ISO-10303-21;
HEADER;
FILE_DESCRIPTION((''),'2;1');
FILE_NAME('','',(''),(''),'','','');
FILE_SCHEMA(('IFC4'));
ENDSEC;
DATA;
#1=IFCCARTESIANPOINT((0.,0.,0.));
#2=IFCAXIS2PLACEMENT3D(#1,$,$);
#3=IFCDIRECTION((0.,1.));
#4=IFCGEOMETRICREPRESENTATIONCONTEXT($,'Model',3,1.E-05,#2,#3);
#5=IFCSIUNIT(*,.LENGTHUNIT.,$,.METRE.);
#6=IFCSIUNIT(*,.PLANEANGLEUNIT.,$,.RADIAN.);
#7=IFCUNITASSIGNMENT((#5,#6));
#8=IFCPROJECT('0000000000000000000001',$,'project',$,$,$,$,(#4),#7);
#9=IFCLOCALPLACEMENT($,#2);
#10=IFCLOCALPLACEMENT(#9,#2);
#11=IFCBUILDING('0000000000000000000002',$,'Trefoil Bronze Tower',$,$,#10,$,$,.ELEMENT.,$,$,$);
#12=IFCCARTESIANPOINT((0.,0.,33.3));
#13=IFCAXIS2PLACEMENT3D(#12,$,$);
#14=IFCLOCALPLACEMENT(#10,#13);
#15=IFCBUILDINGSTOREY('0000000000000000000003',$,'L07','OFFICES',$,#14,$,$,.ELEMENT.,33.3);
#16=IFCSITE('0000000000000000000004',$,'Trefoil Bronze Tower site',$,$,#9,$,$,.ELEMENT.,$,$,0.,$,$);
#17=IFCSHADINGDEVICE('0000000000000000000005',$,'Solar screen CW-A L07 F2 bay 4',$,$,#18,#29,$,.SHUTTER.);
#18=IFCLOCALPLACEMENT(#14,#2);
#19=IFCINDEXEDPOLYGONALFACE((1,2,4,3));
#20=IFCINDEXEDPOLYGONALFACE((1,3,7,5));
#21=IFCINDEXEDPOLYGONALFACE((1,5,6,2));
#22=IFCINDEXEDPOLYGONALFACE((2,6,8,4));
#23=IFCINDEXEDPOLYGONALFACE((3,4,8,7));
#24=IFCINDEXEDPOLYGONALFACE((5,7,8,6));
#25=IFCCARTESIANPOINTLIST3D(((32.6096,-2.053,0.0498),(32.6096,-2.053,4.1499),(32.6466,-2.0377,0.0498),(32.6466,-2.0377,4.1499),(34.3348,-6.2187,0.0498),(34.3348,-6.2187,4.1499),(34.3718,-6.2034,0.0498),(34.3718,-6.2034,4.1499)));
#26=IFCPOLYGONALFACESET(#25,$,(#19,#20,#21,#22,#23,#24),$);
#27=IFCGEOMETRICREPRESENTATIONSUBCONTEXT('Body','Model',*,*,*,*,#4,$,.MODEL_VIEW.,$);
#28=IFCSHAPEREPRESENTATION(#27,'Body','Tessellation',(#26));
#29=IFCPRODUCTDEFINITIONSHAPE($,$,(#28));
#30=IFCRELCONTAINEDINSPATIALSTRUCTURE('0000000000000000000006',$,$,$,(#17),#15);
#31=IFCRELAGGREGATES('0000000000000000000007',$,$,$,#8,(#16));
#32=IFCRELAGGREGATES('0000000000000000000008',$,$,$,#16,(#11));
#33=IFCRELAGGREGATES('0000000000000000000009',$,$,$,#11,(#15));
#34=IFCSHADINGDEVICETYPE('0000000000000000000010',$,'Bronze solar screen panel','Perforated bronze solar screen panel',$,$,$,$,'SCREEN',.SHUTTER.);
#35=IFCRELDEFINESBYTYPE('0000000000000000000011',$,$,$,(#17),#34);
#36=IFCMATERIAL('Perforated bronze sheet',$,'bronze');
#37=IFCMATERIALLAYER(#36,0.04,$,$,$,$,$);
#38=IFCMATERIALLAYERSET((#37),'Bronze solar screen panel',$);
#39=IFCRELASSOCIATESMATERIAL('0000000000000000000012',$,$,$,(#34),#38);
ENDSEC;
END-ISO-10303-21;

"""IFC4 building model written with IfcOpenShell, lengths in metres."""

from ifc_helpers import new_model, si_unit, direction, frame, origin, origin_2d, place, context, subcontext, project, spatial, rectangle, extrude, material, layer, layer_set, type_object, element, save


model = new_model("IFC4")

# Units and contexts
model_context = context("Model", 3, precision=1e-05, world=origin(), true_north=direction((0.0, 1.0)))
body_context = subcontext(model_context, "Body", "Model", "MODEL_VIEW")
ifc_project = project(units=[si_unit("LENGTHUNIT", "METRE"), si_unit("PLANEANGLEUNIT", "RADIAN")], contexts=[model_context])

# Site, building, storey
site_placement = place(None, origin())
site = spatial("IfcSite", under=ifc_project, at=site_placement, Name="Trefoil Bronze Tower site", CompositionType="ELEMENT", RefElevation=0.0)
building_placement = place(site_placement, origin())
building = spatial("IfcBuilding", under=site, at=building_placement, Name="Trefoil Bronze Tower", CompositionType="ELEMENT")
storey_placement = place(building_placement, frame((0.0, 0.0, 33.3)))
storey = spatial("IfcBuildingStorey", under=building, at=storey_placement, Name="L07", Description="OFFICES", CompositionType="ELEMENT", Elevation=33.3)

# Shading device
ifc_material_1 = material(Name="Perforated bronze sheet", Category="bronze")
ifc_layer_1 = layer(ifc_material_1, 0.04)
ifc_layer_set_1 = layer_set([ifc_layer_1], Name="Bronze solar screen panel")
shading_device_type = type_object("IfcShadingDeviceType", Name="Bronze solar screen panel", Description="Perforated bronze solar screen panel", ElementType="SCREEN", PredefinedType="SHUTTER", material=ifc_layer_set_1)
shading_device_1_placement = place(storey_placement, frame((33.4907, -4.1282, 0.0498), z_axis=(0.0, 0.0, 1.0), x_axis=(-0.38263, 0.923902, 0.0)))
element("IfcShadingDevice", 1, at=shading_device_1_placement, inside=storey, type_object=shading_device_type, Name="Solar screen CW-A L07 F2 bay 4", PredefinedType="SHUTTER", context=body_context, shape_type="SweptSolid", body=[
    extrude(rectangle(XDim=4.5088, YDim=0.04, at=origin_2d()), origin(), (0.0, 0.0, 1.0), 4.1001),
])

save(model, "model.ifc")
